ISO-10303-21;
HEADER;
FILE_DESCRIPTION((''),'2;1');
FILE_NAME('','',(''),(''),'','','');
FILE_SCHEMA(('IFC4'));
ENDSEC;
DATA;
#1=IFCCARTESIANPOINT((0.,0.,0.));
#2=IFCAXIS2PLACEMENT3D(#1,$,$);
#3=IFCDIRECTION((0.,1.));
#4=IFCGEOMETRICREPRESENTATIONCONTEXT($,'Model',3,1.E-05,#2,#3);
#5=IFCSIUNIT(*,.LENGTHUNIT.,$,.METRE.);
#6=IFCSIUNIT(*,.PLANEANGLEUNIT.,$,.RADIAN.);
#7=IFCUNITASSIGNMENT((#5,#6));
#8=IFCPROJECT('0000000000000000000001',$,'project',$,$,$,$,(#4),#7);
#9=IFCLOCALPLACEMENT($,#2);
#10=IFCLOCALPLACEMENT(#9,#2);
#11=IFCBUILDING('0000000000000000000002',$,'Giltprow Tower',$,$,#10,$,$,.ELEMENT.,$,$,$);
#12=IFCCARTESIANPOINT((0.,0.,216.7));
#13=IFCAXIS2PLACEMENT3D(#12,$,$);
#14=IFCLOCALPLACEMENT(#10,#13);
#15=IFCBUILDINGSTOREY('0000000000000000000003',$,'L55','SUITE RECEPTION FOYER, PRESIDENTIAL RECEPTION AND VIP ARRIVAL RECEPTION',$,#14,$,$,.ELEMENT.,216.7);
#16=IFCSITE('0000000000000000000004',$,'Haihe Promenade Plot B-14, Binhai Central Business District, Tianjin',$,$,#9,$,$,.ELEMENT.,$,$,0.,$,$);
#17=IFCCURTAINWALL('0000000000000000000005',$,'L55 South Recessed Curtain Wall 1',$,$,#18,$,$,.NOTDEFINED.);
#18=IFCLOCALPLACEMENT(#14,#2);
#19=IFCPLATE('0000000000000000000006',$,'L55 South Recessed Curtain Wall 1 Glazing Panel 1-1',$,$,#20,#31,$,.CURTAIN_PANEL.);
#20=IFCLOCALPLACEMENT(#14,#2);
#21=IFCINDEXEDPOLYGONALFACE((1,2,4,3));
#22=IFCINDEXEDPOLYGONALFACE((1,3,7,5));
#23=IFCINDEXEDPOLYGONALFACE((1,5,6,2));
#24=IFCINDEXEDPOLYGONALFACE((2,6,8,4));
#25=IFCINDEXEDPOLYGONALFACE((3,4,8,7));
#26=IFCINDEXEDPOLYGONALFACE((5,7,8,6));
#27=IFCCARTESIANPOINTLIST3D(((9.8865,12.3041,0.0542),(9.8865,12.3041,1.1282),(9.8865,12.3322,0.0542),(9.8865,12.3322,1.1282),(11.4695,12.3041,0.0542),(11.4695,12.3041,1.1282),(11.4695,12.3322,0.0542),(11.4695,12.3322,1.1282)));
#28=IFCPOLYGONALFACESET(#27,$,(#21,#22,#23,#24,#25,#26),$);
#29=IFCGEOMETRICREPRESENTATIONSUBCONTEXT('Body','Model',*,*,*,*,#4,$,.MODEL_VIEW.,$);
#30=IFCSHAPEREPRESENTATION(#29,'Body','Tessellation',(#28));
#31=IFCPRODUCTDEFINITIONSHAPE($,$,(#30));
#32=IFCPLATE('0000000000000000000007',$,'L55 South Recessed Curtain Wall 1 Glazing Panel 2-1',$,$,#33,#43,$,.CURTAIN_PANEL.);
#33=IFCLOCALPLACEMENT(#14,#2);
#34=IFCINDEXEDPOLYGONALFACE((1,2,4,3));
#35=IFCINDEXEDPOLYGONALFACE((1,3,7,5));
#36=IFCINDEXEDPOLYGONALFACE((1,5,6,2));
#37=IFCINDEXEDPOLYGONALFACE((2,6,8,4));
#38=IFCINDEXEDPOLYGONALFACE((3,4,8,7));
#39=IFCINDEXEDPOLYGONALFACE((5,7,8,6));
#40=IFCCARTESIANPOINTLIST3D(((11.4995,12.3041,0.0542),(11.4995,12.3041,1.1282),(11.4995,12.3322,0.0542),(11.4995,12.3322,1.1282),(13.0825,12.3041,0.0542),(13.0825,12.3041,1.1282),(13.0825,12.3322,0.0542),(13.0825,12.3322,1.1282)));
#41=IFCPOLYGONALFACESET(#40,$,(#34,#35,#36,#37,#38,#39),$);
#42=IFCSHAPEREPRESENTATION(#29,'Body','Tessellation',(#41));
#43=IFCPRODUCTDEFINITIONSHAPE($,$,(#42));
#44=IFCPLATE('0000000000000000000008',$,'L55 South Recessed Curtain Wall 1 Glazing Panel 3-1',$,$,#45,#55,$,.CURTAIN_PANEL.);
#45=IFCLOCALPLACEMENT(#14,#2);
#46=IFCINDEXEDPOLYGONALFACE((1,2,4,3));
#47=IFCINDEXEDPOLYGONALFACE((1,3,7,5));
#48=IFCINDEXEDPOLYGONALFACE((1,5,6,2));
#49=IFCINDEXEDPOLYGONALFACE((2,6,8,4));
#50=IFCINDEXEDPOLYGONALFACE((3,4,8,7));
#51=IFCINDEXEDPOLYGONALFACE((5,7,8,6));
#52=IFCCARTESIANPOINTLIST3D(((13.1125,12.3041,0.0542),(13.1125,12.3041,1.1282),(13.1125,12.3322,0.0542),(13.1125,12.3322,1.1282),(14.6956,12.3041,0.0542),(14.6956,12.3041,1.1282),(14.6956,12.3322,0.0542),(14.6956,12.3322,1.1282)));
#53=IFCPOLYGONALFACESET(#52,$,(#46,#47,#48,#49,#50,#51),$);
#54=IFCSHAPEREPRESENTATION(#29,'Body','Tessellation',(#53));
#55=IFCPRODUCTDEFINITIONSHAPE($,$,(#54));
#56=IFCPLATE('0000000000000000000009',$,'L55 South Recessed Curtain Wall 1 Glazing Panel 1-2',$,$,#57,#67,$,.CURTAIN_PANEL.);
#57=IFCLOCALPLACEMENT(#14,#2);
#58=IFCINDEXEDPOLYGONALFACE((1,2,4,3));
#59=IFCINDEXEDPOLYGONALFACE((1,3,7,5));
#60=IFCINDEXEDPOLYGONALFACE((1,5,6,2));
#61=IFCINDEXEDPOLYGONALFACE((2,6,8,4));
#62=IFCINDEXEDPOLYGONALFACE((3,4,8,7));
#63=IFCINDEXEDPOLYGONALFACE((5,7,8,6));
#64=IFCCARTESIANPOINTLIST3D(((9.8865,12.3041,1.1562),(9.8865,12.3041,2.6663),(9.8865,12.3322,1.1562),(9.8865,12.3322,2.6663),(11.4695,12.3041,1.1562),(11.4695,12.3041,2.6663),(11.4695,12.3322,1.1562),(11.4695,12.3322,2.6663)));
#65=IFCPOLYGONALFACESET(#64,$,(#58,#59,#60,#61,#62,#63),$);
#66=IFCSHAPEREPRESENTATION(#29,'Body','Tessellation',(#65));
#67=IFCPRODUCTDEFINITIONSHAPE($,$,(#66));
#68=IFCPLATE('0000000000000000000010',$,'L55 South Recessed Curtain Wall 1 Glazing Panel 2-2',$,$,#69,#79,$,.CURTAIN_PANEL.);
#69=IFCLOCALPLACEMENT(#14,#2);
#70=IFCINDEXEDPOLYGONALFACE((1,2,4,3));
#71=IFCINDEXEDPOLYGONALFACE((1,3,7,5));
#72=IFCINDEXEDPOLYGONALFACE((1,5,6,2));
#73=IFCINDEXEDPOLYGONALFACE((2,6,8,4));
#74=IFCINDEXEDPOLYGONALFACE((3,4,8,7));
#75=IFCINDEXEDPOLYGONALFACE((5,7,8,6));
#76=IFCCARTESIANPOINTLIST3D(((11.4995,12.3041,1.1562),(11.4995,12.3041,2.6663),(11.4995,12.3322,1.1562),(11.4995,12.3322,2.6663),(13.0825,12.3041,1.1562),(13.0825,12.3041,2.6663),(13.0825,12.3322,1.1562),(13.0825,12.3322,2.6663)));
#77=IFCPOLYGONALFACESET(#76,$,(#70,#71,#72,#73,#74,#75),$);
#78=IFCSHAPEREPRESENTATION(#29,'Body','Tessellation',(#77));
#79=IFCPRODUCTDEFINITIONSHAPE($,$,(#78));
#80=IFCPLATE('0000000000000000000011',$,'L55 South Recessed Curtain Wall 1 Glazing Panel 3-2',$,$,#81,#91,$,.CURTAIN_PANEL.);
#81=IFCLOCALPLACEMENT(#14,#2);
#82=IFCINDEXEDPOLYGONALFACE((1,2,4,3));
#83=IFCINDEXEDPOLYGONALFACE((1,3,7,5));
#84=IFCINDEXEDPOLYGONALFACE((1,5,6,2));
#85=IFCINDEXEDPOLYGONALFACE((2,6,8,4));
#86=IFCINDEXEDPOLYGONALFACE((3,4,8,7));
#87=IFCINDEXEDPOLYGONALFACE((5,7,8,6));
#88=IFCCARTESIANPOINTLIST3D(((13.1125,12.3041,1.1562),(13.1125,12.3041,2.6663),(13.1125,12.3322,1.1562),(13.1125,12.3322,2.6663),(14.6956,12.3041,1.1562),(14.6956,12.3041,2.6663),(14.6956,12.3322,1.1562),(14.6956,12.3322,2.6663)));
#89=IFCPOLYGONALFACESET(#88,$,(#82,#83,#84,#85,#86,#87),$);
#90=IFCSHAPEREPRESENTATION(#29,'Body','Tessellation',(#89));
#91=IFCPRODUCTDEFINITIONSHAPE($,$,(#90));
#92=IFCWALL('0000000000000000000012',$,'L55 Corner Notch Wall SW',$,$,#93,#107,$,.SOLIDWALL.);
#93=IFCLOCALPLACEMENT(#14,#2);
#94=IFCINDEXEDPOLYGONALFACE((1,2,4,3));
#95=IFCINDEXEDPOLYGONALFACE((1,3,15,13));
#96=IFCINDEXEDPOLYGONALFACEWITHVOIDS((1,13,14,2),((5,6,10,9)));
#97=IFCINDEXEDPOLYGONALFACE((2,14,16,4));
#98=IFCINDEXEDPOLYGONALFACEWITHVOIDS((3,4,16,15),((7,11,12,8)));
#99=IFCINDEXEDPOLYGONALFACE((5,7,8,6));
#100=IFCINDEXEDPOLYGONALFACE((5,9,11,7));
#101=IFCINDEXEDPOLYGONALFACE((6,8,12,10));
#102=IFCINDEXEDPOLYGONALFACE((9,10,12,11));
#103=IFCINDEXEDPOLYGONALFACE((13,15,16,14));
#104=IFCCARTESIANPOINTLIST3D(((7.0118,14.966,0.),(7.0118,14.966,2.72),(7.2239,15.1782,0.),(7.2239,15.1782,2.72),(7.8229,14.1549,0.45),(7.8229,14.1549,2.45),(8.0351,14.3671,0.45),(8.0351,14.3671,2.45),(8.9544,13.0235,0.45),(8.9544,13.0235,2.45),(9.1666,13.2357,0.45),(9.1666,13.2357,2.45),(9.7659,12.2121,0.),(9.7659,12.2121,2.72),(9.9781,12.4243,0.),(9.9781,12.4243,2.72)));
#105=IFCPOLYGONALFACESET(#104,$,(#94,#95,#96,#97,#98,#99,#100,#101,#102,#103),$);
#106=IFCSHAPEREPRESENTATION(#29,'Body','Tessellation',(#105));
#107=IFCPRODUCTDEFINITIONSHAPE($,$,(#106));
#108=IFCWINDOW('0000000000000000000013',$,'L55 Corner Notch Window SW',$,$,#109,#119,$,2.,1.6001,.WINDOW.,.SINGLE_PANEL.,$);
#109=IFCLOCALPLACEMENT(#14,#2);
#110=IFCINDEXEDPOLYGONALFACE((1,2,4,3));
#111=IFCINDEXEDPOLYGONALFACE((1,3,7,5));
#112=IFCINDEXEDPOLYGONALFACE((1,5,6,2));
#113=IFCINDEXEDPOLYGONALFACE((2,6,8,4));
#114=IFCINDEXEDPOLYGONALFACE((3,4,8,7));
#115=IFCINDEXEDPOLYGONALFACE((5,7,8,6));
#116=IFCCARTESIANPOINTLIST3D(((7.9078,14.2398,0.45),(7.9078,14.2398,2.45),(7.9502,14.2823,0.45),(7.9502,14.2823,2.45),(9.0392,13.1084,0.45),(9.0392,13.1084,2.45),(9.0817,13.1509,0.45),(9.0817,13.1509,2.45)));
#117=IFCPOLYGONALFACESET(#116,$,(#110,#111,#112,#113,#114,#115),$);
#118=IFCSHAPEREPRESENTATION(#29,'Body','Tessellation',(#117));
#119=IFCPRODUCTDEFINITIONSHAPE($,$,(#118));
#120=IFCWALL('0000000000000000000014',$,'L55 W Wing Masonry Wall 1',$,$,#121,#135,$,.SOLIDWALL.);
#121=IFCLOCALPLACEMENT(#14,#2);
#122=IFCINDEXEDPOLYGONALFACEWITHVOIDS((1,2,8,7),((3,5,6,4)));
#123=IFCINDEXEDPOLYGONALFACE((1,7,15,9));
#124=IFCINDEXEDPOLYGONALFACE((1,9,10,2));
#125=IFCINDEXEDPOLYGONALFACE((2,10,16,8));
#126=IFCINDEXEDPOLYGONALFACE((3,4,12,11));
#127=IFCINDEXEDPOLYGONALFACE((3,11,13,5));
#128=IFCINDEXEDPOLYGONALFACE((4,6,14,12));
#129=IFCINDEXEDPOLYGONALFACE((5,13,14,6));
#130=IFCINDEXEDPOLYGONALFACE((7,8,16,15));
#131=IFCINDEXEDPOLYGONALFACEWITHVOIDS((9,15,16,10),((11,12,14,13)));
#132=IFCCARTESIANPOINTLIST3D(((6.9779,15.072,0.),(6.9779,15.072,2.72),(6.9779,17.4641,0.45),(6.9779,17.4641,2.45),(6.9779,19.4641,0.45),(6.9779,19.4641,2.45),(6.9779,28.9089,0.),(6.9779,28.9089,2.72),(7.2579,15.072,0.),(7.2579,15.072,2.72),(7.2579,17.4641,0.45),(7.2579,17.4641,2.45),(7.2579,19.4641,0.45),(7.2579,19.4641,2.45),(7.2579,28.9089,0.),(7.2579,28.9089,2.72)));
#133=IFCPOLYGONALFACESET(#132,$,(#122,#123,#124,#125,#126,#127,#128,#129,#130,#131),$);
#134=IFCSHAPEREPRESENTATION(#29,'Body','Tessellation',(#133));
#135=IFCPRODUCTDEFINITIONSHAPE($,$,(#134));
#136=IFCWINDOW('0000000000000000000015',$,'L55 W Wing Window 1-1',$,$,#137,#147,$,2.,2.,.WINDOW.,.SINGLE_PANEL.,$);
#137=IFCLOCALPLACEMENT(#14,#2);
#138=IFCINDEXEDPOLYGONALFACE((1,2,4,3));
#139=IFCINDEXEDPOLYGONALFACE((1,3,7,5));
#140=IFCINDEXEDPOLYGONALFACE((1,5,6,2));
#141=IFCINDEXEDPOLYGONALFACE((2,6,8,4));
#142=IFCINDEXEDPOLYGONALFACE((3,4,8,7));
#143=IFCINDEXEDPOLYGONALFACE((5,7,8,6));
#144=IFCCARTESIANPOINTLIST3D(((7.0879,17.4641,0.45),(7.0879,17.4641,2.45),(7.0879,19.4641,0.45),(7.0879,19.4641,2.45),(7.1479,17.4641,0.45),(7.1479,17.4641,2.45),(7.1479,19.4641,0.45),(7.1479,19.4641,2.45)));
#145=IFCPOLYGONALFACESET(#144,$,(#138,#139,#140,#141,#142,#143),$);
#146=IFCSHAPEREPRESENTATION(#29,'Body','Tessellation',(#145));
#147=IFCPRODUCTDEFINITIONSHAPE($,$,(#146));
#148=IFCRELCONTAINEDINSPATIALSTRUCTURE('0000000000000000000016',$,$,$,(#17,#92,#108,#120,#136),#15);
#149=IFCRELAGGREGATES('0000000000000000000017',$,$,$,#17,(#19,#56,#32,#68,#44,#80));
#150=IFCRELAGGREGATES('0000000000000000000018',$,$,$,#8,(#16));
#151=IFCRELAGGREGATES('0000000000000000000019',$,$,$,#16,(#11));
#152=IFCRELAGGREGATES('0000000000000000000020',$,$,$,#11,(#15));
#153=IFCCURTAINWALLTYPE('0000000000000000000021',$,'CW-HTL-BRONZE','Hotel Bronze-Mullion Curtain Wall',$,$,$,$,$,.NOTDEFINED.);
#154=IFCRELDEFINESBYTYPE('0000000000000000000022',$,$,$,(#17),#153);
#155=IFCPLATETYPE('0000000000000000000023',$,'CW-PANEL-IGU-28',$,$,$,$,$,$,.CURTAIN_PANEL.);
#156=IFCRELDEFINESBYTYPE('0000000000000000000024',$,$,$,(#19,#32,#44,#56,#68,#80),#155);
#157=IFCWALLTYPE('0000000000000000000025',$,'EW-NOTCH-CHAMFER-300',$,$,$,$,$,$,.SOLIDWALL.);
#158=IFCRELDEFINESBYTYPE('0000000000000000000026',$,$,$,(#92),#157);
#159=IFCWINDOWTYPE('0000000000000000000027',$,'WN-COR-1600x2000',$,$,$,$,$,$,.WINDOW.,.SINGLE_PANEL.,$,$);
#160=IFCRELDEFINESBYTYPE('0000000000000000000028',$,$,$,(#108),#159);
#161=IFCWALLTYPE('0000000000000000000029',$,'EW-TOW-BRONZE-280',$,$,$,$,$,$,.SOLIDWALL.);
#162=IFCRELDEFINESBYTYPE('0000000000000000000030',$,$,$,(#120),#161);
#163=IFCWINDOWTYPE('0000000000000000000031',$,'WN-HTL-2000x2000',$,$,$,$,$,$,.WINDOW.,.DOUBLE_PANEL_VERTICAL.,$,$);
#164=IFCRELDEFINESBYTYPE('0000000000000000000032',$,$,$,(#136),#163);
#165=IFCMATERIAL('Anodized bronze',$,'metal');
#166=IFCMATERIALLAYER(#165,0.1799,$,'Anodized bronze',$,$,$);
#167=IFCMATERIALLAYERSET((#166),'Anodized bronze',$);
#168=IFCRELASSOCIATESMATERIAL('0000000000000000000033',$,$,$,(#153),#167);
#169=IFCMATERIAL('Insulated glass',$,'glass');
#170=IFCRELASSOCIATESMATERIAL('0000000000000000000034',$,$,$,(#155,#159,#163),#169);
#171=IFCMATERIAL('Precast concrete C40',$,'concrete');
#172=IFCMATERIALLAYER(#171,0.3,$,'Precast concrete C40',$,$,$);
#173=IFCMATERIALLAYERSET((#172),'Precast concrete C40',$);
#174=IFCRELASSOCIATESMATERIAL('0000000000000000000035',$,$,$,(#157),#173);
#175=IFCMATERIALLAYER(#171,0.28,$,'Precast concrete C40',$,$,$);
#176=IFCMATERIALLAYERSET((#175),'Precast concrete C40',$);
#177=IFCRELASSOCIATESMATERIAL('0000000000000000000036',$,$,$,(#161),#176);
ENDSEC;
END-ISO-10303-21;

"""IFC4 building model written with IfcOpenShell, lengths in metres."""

from ifc_helpers import new_model, si_unit, direction, frame, frame_2d, origin, origin_2d, place, context, subcontext, project, spatial, rectangle, extrude, source, transform, mapped, material, layer, layer_set, type_object, element, fill, aggregate, save


model = new_model("IFC4")

# Units and contexts
model_context = context("Model", 3, precision=1e-05, world=origin(), true_north=direction((0.0, 1.0)))
body_context = subcontext(model_context, "Body", "Model", "MODEL_VIEW")
ifc_project = project(units=[si_unit("LENGTHUNIT", "METRE"), si_unit("PLANEANGLEUNIT", "RADIAN")], contexts=[model_context])

# Site, building, storey
site_placement = place(None, origin())
site = spatial("IfcSite", under=ifc_project, at=site_placement, Name="Haihe Promenade Plot B-14, Binhai Central Business District, Tianjin", CompositionType="ELEMENT", RefElevation=0.0)
building_placement = place(site_placement, origin())
building = spatial("IfcBuilding", under=site, at=building_placement, Name="Giltprow Tower", CompositionType="ELEMENT")
storey_placement = place(building_placement, frame((0.0, 0.0, 216.7)))
storey = spatial("IfcBuildingStorey", under=building, at=storey_placement, Name="L55", Description="SUITE RECEPTION FOYER, PRESIDENTIAL RECEPTION AND VIP ARRIVAL RECEPTION", CompositionType="ELEMENT", Elevation=216.7)

# Curtain wall
ifc_material_1 = material(Name="Anodized bronze", Category="metal")
ifc_layer_1 = layer(ifc_material_1, 0.1799, Name="Anodized bronze")
ifc_layer_set_1 = layer_set([ifc_layer_1], Name="Anodized bronze")
curtain_wall_type = type_object("IfcCurtainWallType", Name="CW-HTL-BRONZE", Description="Hotel Bronze-Mullion Curtain Wall", PredefinedType="NOTDEFINED", material=ifc_layer_set_1)
curtain_wall_placement = place(storey_placement, origin())
curtain_wall = element("IfcCurtainWall", 1, at=curtain_wall_placement, inside=storey, type_object=curtain_wall_type, Name="L55 South Recessed Curtain Wall 1", PredefinedType="NOTDEFINED")

# Plates
ifc_material_2 = material(Name="Insulated glass", Category="glass")
plate_type = type_object("IfcPlateType", Name="CW-PANEL-IGU-28", PredefinedType="CURTAIN_PANEL", material=ifc_material_2)
shared_shape_1 = source(origin(), body_context, "Body", "SweptSolid", [
    extrude(rectangle(XDim=1.583, YDim=0.0281, at=origin_2d()), origin(), (0.0, 0.0, 1.0), 1.074),
])
plate_1_placement = place(storey_placement, frame((10.678, 12.3181, 0.0542), z_axis=(0.0, 0.0, 1.0), x_axis=(1.0, 0.0, 0.0)))
plate_1 = element("IfcPlate", 2, at=plate_1_placement, type_object=plate_type, Name="L55 South Recessed Curtain Wall 1 Glazing Panel 1-1", PredefinedType="CURTAIN_PANEL", context=body_context, shape_type="MappedRepresentation", body=[
    mapped(shared_shape_1, transform((0.0, 0.0, 0.0), x_axis=(1.0, 0.0, 0.0), y_axis=(0.0, 1.0, 0.0), z_axis=(0.0, 0.0, 1.0), scale=1.0)),
])
plate_2_placement = place(storey_placement, frame((12.291, 12.3181, 0.0542), z_axis=(0.0, 0.0, 1.0), x_axis=(1.0, 0.0, 0.0)))
plate_2 = element("IfcPlate", 3, at=plate_2_placement, type_object=plate_type, Name="L55 South Recessed Curtain Wall 1 Glazing Panel 2-1", PredefinedType="CURTAIN_PANEL", context=body_context, shape_type="MappedRepresentation", body=[
    mapped(shared_shape_1, transform((0.0, 0.0, 0.0), x_axis=(1.0, 0.0, 0.0), y_axis=(0.0, 1.0, 0.0), z_axis=(0.0, 0.0, 1.0), scale=1.0)),
])
plate_3_placement = place(storey_placement, frame((13.9041, 12.3181, 0.0542), z_axis=(0.0, 0.0, 1.0), x_axis=(1.0, 0.0, 0.0)))
plate_3 = element("IfcPlate", 4, at=plate_3_placement, type_object=plate_type, Name="L55 South Recessed Curtain Wall 1 Glazing Panel 3-1", PredefinedType="CURTAIN_PANEL", context=body_context, shape_type="MappedRepresentation", body=[
    mapped(shared_shape_1, transform((0.0, 0.0, 0.0), x_axis=(1.0, 0.0, 0.0), y_axis=(0.0, 1.0, 0.0), z_axis=(0.0, 0.0, 1.0), scale=1.0)),
])
shared_shape_2 = source(origin(), body_context, "Body", "SweptSolid", [
    extrude(rectangle(XDim=1.583, YDim=0.0281, at=origin_2d()), origin(), (0.0, 0.0, 1.0), 1.51),
])
plate_4_placement = place(storey_placement, frame((10.678, 12.3181, 1.1562), z_axis=(0.0, 0.0, 1.0), x_axis=(1.0, 0.0, 0.0)))
plate_4 = element("IfcPlate", 5, at=plate_4_placement, type_object=plate_type, Name="L55 South Recessed Curtain Wall 1 Glazing Panel 1-2", PredefinedType="CURTAIN_PANEL", context=body_context, shape_type="MappedRepresentation", body=[
    mapped(shared_shape_2, transform((0.0, 0.0, 0.0), x_axis=(1.0, 0.0, 0.0), y_axis=(0.0, 1.0, 0.0), z_axis=(0.0, 0.0, 1.0), scale=1.0)),
])
plate_5_placement = place(storey_placement, frame((12.291, 12.3181, 1.1562), z_axis=(0.0, 0.0, 1.0), x_axis=(1.0, 0.0, 0.0)))
plate_5 = element("IfcPlate", 6, at=plate_5_placement, type_object=plate_type, Name="L55 South Recessed Curtain Wall 1 Glazing Panel 2-2", PredefinedType="CURTAIN_PANEL", context=body_context, shape_type="MappedRepresentation", body=[
    mapped(shared_shape_2, transform((0.0, 0.0, 0.0), x_axis=(1.0, 0.0, 0.0), y_axis=(0.0, 1.0, 0.0), z_axis=(0.0, 0.0, 1.0), scale=1.0)),
])
plate_6_placement = place(storey_placement, frame((13.9041, 12.3181, 1.1562), z_axis=(0.0, 0.0, 1.0), x_axis=(1.0, 0.0, 0.0)))
plate_6 = element("IfcPlate", 7, at=plate_6_placement, type_object=plate_type, Name="L55 South Recessed Curtain Wall 1 Glazing Panel 3-2", PredefinedType="CURTAIN_PANEL", context=body_context, shape_type="MappedRepresentation", body=[
    mapped(shared_shape_2, transform((0.0, 0.0, 0.0), x_axis=(1.0, 0.0, 0.0), y_axis=(0.0, 1.0, 0.0), z_axis=(0.0, 0.0, 1.0), scale=1.0)),
])
aggregate(curtain_wall, [plate_1, plate_4, plate_2, plate_5, plate_3, plate_6])

# Walls, openings, windows
ifc_material_3 = material(Name="Precast concrete C40", Category="concrete")
ifc_layer_2 = layer(ifc_material_3, 0.3, Name="Precast concrete C40")
ifc_layer_set_2 = layer_set([ifc_layer_2], Name="Precast concrete C40")
wall_type_1 = type_object("IfcWallType", Name="EW-NOTCH-CHAMFER-300", PredefinedType="SOLIDWALL", material=ifc_layer_set_2)
wall_1_placement = place(storey_placement, frame((7.1179, 15.072, 0.0), z_axis=(0.0, 0.0, 1.0), x_axis=(0.707138, -0.707075, 0.0)))
wall_1 = element("IfcWall", 8, at=wall_1_placement, inside=storey, type_object=wall_type_1, Name="L55 Corner Notch Wall SW", PredefinedType="SOLIDWALL", context=body_context, shape_type="SweptSolid", body=[
    extrude(rectangle(XDim=3.8948, YDim=0.3, at=frame_2d((1.9473, 0.0))), origin(), (0.0, 0.0, 1.0), 2.72),
])
opening_1_placement = place(wall_1_placement, frame((1.147, 0.0, 0.45)))
opening_1 = element("IfcOpeningElement", 9, at=opening_1_placement, cuts=wall_1, PredefinedType="OPENING", context=body_context, shape_type="SweptSolid", body=[
    extrude(rectangle(XDim=1.6001, YDim=2.0, at=frame_2d((0.8, 1.0))), frame((0.0, 0.1599, 0.0), z_axis=(0.0, -1.0, 0.0), x_axis=(1.0, 0.0, 0.0)), (0.0, 0.0, 1.0), 0.3201),
])
window_type_1 = type_object("IfcWindowType", Name="WN-COR-1600x2000", PartitioningType="SINGLE_PANEL", PredefinedType="WINDOW", material=ifc_material_2)
shared_shape_3 = source(origin(), body_context, "Body", "SweptSolid", [
    extrude(rectangle(XDim=1.6001, YDim=2.0, at=frame_2d((0.8, 1.0))), frame((0.0, 0.03, 0.0), z_axis=(0.0, -1.0, 0.0), x_axis=(1.0, 0.0, 0.0)), (0.0, 0.0, 1.0), 0.0601),
])
window_1_placement = place(opening_1_placement, origin())
window_1 = element("IfcWindow", 10, at=window_1_placement, inside=storey, type_object=window_type_1, Name="L55 Corner Notch Window SW", OverallHeight=2.0, OverallWidth=1.6001, PartitioningType="SINGLE_PANEL", PredefinedType="WINDOW", context=body_context, shape_type="MappedRepresentation", body=[
    mapped(shared_shape_3, transform((0.0, 0.0, 0.0), x_axis=(1.0, 0.0, 0.0), y_axis=(0.0, 1.0, 0.0), z_axis=(0.0, 0.0, 1.0), scale=1.0)),
])
fill(opening_1, window_1)
ifc_layer_3 = layer(ifc_material_3, 0.28, Name="Precast concrete C40")
ifc_layer_set_3 = layer_set([ifc_layer_3], Name="Precast concrete C40")
wall_type_2 = type_object("IfcWallType", Name="EW-TOW-BRONZE-280", PredefinedType="SOLIDWALL", material=ifc_layer_set_3)
wall_2_placement = place(storey_placement, frame((7.1179, 15.072, 0.0), z_axis=(0.0, 0.0, 1.0), x_axis=(0.0, 1.0, 0.0)))
wall_2 = element("IfcWall", 11, at=wall_2_placement, inside=storey, type_object=wall_type_2, Name="L55 W Wing Masonry Wall 1", PredefinedType="SOLIDWALL", context=body_context, shape_type="SweptSolid", body=[
    extrude(rectangle(XDim=13.8369, YDim=0.28, at=frame_2d((6.9185, 0.0))), origin(), (0.0, 0.0, 1.0), 2.72),
])
opening_2_placement = place(wall_2_placement, frame((2.3921, 0.0, 0.45)))
opening_2 = element("IfcOpeningElement", 12, at=opening_2_placement, cuts=wall_2, PredefinedType="OPENING", context=body_context, shape_type="SweptSolid", body=[
    extrude(rectangle(XDim=2.0, YDim=2.0, at=frame_2d((1.0, 1.0))), frame((0.0, 0.1499, 0.0), z_axis=(0.0, -1.0, 0.0), x_axis=(1.0, 0.0, 0.0)), (0.0, 0.0, 1.0), 0.3),
])
window_type_2 = type_object("IfcWindowType", Name="WN-HTL-2000x2000", PartitioningType="DOUBLE_PANEL_VERTICAL", PredefinedType="WINDOW", material=ifc_material_2)
shared_shape_4 = source(origin(), body_context, "Body", "SweptSolid", [
    extrude(rectangle(XDim=2.0, YDim=2.0, at=frame_2d((1.0, 1.0))), frame((0.0, 0.03, 0.0), z_axis=(0.0, -1.0, 0.0), x_axis=(1.0, 0.0, 0.0)), (0.0, 0.0, 1.0), 0.0601),
])
window_2_placement = place(opening_2_placement, origin())
window_2 = element("IfcWindow", 13, at=window_2_placement, inside=storey, type_object=window_type_2, Name="L55 W Wing Window 1-1", OverallHeight=2.0, OverallWidth=2.0, PartitioningType="SINGLE_PANEL", PredefinedType="WINDOW", context=body_context, shape_type="MappedRepresentation", body=[
    mapped(shared_shape_4, transform((0.0, 0.0, 0.0), x_axis=(1.0, 0.0, 0.0), y_axis=(0.0, 1.0, 0.0), z_axis=(0.0, 0.0, 1.0), scale=1.0)),
])
fill(opening_2, window_2)

save(model, "model.ifc")
